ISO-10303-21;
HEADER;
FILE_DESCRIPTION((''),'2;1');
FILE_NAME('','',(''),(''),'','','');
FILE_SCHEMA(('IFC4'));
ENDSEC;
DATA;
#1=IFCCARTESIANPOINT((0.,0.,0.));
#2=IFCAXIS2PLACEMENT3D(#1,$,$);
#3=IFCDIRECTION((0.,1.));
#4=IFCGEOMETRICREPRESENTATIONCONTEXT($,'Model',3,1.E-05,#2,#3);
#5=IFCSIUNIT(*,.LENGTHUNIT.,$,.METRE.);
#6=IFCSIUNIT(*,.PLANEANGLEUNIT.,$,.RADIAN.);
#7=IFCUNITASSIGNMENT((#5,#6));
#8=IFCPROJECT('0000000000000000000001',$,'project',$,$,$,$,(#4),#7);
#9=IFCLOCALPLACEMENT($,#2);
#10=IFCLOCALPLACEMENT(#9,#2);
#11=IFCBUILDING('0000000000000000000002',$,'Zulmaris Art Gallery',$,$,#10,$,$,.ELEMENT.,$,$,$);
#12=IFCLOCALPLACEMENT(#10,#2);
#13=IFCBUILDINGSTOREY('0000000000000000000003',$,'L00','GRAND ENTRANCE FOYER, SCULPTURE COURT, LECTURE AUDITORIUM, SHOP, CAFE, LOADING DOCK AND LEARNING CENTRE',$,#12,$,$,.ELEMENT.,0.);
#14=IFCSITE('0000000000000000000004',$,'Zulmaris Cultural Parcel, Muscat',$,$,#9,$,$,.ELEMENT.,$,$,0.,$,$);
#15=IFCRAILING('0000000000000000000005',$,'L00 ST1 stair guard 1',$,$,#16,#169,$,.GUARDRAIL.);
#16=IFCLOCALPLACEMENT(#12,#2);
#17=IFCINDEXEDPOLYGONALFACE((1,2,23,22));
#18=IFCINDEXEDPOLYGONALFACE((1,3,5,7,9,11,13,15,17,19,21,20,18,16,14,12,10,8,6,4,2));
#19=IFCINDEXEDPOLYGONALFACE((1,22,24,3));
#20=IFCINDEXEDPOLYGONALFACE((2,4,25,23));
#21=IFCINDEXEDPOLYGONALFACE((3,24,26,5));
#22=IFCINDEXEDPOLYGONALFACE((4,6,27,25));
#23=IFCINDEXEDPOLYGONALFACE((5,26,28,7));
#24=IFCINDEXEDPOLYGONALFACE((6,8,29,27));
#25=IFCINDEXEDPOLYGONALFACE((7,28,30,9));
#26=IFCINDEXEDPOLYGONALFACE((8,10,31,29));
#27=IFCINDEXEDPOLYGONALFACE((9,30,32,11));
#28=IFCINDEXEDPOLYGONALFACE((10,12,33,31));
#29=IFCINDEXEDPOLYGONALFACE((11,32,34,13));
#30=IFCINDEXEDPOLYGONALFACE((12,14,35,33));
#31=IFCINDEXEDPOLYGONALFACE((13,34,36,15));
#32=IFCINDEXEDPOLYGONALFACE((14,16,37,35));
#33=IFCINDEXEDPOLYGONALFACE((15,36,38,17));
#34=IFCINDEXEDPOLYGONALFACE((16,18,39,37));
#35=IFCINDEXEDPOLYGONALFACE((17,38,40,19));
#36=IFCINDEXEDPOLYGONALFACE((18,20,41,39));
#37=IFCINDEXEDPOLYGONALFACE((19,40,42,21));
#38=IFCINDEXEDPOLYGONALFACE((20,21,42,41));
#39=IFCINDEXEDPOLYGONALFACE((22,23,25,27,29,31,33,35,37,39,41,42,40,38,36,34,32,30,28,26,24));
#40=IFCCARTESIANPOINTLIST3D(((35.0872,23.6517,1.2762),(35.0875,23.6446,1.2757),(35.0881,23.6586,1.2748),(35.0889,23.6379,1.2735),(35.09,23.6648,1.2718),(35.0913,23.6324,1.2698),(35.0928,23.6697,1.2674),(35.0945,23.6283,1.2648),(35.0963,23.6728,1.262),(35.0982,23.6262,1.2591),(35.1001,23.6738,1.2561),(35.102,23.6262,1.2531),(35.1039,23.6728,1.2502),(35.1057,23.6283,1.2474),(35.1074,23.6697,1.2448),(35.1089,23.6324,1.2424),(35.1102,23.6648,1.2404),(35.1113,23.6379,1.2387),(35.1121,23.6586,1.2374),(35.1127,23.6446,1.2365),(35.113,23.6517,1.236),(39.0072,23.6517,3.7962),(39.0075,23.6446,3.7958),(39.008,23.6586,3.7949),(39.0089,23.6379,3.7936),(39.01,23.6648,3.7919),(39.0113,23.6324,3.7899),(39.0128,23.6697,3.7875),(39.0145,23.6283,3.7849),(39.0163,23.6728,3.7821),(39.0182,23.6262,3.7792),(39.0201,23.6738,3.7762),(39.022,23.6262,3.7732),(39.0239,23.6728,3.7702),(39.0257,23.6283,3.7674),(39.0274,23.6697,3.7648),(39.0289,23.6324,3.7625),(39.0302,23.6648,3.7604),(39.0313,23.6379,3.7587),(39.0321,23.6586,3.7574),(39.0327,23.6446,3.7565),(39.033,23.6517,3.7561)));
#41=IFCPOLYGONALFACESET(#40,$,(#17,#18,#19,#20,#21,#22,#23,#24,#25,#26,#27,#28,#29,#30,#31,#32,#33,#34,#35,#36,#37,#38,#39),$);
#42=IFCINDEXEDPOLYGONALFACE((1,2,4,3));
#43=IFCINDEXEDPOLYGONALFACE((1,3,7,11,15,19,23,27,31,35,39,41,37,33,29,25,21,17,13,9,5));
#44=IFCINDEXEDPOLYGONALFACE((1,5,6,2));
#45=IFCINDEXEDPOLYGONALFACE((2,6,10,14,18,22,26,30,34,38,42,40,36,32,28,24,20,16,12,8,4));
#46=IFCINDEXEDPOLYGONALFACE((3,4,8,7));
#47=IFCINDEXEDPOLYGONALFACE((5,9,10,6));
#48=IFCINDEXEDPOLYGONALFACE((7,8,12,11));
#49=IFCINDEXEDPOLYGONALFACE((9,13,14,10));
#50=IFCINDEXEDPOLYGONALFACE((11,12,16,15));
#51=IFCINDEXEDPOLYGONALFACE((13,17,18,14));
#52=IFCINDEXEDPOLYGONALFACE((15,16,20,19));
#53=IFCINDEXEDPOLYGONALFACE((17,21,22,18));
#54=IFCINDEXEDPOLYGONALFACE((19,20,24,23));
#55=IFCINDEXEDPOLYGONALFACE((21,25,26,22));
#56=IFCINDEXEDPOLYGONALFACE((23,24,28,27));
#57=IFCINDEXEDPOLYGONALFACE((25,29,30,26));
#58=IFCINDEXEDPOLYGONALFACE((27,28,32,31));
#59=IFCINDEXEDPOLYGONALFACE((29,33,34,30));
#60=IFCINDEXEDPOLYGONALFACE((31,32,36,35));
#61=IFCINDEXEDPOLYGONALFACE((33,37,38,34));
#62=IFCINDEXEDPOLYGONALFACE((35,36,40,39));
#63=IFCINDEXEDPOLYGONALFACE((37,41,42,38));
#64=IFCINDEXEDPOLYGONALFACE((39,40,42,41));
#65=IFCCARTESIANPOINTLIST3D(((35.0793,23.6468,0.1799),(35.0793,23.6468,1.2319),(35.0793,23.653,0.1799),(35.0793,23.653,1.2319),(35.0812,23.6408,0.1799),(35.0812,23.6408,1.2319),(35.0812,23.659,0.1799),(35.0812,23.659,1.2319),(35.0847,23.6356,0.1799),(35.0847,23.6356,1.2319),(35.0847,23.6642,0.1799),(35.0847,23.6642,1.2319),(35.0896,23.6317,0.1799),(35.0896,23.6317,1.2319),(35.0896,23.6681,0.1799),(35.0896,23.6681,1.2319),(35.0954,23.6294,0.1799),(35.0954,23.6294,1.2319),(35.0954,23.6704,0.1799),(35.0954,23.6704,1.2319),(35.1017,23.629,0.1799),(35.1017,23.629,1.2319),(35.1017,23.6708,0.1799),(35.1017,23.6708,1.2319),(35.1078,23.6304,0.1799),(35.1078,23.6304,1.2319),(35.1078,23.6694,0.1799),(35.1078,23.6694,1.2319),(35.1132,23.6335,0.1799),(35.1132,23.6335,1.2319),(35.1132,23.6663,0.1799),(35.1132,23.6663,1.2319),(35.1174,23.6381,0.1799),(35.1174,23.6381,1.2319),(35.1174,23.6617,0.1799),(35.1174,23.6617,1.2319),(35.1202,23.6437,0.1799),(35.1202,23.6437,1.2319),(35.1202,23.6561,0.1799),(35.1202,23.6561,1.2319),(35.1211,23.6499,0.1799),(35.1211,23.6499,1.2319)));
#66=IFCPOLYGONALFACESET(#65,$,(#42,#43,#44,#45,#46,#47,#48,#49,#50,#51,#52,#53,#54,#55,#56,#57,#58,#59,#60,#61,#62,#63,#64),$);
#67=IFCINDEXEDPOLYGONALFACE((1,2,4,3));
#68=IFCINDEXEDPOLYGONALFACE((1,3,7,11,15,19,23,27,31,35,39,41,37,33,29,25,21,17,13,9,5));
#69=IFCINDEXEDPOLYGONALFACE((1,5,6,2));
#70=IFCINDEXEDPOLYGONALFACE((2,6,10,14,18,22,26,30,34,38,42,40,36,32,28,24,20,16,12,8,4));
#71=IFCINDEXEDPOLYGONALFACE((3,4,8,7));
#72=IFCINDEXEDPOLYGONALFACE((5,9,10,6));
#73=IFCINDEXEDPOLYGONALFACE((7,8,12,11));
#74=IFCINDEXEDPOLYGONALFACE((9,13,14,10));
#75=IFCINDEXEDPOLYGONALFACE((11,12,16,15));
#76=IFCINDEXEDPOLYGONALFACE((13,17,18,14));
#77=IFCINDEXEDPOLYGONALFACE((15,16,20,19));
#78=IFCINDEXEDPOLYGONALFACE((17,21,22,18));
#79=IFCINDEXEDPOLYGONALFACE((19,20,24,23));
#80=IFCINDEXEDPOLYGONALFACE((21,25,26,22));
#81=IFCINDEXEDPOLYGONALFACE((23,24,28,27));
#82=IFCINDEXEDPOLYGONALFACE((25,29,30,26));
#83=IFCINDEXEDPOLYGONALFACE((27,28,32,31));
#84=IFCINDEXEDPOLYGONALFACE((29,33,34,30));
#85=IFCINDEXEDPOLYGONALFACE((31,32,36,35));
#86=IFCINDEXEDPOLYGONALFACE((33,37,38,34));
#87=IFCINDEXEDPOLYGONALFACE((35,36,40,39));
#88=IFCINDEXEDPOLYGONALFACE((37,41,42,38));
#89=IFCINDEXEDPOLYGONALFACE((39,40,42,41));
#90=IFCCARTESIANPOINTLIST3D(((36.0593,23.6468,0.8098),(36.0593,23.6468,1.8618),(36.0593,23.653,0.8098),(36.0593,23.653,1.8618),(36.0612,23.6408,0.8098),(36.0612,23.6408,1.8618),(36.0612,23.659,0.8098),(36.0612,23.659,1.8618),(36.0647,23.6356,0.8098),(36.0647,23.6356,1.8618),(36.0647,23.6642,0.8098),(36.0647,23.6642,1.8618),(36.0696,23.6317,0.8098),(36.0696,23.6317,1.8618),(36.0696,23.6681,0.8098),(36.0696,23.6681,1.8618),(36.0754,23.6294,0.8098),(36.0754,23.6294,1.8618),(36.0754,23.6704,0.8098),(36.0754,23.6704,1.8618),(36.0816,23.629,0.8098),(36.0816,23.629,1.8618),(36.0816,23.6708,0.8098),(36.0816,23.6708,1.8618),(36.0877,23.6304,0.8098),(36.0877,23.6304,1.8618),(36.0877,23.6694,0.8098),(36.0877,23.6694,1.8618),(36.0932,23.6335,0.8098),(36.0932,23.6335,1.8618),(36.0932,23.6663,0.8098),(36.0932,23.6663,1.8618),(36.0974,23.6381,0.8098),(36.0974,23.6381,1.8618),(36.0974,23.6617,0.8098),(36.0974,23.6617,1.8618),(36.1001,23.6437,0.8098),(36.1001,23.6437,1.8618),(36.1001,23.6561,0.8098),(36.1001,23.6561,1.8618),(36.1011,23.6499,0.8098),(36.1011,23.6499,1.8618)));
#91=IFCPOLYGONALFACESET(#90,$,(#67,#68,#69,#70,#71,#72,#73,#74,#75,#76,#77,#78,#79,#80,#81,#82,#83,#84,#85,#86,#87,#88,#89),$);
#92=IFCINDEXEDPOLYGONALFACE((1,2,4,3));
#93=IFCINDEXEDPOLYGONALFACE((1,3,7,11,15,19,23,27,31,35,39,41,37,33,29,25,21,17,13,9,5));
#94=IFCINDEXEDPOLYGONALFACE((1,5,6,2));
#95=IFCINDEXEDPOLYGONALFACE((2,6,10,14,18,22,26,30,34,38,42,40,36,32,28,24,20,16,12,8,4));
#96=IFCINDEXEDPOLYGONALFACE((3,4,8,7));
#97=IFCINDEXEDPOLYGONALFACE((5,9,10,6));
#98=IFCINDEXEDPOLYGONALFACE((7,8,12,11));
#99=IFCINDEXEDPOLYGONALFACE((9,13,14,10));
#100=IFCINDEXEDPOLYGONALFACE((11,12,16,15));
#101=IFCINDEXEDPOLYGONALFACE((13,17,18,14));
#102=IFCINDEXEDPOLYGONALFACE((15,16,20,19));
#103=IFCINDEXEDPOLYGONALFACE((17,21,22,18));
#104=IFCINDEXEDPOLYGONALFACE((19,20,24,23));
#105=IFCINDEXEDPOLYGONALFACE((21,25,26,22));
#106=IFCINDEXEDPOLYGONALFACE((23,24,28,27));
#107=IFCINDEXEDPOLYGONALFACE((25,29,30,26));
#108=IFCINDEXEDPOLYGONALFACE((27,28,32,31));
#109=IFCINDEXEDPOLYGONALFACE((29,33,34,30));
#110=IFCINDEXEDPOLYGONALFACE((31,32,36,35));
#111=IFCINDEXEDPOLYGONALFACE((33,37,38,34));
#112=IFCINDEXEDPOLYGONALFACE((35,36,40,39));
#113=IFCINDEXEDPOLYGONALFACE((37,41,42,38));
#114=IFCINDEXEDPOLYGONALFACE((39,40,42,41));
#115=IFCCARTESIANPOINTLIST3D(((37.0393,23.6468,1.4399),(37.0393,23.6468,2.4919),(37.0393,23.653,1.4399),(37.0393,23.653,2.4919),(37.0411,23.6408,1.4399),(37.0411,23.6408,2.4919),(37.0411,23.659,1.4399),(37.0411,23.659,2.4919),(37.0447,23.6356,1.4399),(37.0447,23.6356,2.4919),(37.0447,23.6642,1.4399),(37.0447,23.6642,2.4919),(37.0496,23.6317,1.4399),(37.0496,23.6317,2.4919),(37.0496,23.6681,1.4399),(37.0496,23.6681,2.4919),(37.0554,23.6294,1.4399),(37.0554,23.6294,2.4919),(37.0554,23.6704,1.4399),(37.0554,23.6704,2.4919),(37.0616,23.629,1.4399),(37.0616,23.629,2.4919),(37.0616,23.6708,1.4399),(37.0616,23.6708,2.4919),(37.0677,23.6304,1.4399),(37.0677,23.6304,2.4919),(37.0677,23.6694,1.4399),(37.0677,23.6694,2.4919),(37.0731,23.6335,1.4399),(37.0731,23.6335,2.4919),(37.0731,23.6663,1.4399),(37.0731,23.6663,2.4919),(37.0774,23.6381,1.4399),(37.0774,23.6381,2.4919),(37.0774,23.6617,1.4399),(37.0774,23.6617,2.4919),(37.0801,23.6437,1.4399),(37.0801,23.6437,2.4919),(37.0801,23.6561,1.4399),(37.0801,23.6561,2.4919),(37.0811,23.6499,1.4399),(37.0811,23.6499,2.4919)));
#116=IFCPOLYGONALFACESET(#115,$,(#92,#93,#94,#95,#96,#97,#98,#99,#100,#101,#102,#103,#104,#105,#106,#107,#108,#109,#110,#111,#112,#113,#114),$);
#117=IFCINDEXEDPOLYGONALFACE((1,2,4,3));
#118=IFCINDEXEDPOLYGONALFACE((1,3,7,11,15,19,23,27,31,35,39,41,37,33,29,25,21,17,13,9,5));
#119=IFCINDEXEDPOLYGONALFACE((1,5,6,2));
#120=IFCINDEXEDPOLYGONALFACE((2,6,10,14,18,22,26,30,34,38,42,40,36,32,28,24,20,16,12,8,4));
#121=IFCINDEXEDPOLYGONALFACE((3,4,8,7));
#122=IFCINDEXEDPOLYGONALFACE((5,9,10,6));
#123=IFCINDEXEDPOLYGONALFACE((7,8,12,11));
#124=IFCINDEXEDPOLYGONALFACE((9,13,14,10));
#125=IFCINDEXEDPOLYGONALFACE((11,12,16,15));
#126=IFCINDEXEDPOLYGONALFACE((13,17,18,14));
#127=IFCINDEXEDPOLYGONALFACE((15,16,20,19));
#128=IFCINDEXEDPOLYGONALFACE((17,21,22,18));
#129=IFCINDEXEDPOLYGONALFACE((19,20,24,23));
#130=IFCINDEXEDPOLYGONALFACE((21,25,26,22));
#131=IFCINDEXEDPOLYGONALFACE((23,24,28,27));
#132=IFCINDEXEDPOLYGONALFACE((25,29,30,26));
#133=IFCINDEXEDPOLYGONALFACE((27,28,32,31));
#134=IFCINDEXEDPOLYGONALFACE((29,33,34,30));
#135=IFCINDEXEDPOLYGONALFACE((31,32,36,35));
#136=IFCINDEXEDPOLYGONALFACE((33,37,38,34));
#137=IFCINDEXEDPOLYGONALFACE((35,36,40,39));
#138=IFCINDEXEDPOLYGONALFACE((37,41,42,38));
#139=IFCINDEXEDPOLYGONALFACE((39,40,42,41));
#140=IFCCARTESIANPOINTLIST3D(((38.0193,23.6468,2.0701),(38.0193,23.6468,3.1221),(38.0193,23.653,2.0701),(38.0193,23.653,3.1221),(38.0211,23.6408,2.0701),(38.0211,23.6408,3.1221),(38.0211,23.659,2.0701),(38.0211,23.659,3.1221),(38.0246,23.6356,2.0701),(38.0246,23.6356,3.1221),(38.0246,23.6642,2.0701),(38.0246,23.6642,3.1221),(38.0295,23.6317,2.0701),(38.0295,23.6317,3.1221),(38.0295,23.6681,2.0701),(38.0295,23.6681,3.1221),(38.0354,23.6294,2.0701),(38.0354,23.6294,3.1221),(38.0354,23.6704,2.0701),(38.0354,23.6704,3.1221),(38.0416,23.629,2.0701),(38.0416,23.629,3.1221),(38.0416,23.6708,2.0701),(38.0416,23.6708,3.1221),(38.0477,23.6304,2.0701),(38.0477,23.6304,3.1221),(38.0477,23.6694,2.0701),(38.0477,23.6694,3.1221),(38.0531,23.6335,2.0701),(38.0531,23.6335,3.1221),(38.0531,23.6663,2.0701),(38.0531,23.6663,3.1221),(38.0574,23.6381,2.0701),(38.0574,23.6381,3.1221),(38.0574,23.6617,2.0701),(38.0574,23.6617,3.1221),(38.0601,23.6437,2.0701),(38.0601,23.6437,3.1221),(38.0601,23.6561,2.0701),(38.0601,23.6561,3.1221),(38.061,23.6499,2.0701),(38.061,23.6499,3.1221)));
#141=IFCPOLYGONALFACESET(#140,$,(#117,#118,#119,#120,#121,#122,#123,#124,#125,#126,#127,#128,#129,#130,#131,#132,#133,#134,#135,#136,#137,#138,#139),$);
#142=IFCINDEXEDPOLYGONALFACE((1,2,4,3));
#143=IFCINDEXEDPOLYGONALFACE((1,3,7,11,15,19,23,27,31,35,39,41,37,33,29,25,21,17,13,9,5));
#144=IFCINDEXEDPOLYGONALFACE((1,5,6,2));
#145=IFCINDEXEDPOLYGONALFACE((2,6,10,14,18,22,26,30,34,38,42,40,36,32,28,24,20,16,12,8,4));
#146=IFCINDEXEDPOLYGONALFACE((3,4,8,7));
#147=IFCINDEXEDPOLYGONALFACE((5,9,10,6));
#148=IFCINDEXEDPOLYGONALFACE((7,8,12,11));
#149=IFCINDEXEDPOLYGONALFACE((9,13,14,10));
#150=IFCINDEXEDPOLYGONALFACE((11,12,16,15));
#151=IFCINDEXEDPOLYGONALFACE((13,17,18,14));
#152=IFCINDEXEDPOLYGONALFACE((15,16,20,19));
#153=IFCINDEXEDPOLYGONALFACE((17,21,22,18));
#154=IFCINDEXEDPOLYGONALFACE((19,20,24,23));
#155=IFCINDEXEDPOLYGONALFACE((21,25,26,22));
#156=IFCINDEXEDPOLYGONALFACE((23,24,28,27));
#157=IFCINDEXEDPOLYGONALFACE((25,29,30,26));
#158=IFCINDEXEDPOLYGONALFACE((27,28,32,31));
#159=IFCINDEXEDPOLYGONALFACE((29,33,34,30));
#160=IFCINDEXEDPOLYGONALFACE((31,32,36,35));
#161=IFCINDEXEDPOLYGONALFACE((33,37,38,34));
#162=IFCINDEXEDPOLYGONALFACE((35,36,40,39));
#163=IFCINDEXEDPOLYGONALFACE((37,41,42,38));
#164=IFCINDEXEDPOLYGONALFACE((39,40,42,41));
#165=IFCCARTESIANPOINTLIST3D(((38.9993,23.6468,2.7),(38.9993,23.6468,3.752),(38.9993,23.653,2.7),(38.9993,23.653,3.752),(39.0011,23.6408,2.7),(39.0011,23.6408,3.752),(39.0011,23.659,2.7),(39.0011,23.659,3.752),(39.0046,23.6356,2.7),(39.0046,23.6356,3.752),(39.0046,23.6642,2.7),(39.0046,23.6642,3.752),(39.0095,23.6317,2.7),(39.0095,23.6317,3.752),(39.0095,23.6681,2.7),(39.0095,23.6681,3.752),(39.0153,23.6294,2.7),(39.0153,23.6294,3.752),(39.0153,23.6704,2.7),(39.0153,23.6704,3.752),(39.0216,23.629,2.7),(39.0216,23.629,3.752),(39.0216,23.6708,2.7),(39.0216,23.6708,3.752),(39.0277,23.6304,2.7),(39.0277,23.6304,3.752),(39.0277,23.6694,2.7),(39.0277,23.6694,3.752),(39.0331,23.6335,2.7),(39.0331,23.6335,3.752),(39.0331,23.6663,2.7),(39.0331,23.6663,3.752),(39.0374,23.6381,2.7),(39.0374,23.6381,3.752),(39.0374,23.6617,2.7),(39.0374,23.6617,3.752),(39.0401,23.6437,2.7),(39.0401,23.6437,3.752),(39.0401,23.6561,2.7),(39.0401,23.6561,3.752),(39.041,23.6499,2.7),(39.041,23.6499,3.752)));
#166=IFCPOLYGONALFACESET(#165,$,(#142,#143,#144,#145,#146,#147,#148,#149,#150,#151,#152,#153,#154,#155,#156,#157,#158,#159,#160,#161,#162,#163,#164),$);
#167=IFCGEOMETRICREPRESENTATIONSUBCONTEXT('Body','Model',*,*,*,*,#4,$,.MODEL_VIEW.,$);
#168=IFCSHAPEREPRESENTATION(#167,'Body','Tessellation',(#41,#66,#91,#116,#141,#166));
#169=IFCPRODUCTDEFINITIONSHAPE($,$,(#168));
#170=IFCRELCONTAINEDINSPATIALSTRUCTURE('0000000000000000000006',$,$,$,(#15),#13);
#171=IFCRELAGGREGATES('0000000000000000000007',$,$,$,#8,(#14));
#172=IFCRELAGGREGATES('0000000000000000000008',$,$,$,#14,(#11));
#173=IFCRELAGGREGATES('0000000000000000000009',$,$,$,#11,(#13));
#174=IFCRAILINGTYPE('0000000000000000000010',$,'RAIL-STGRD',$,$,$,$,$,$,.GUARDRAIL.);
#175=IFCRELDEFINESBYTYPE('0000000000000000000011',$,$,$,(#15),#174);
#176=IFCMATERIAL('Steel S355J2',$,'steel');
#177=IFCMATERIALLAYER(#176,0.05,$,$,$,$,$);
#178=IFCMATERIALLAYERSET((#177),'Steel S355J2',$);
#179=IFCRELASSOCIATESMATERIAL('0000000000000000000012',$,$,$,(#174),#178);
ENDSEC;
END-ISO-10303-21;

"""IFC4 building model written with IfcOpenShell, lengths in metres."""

from ifc_helpers import new_model, si_unit, direction, frame, origin, origin_2d, place, context, subcontext, project, spatial, circle, extrude, material, layer, layer_set, type_object, element, save


model = new_model("IFC4")

# Units and contexts
model_context = context("Model", 3, precision=1e-05, world=origin(), true_north=direction((0.0, 1.0)))
body_context = subcontext(model_context, "Body", "Model", "MODEL_VIEW")
ifc_project = project(units=[si_unit("LENGTHUNIT", "METRE"), si_unit("PLANEANGLEUNIT", "RADIAN")], contexts=[model_context])

# Site, building, storey
site_placement = place(None, origin())
site = spatial("IfcSite", under=ifc_project, at=site_placement, Name="Zulmaris Cultural Parcel, Muscat", CompositionType="ELEMENT", RefElevation=0.0)
building_placement = place(site_placement, origin())
building = spatial("IfcBuilding", under=site, at=building_placement, Name="Zulmaris Art Gallery", CompositionType="ELEMENT")
storey_placement = place(building_placement, origin())
storey = spatial("IfcBuildingStorey", under=building, at=storey_placement, Name="L00", Description="GRAND ENTRANCE FOYER, SCULPTURE COURT, LECTURE AUDITORIUM, SHOP, CAFE, LOADING DOCK AND LEARNING CENTRE", CompositionType="ELEMENT", Elevation=0.0)

# Railing
ifc_material_1 = material(Name="Steel S355J2", Category="steel")
ifc_layer_1 = layer(ifc_material_1, 0.05)
ifc_layer_set_1 = layer_set([ifc_layer_1], Name="Steel S355J2")
railing_type_1 = type_object("IfcRailingType", Name="RAIL-STGRD", PredefinedType="GUARDRAIL", material=ifc_layer_set_1)
railing_1_placement = place(storey_placement, frame((35.1001, 23.6499, 0.1799)))
element("IfcRailing", 1, at=railing_1_placement, inside=storey, type_object=railing_type_1, Name="L00 ST1 stair guard 1", PredefinedType="GUARDRAIL", context=body_context, shape_type="SweptSolid", body=[
    extrude(circle(Radius=0.0239, at=origin_2d()), frame((0.0, 0.0, 1.0762), z_axis=(0.841172, 0.0, 0.540768), x_axis=(0.0, 1.0, 0.0)), (0.0, 0.0, 1.0), 4.6602),
    extrude(circle(Radius=0.021, at=origin_2d()), origin(), (0.0, 0.0, 1.0), 1.052),
    extrude(circle(Radius=0.021, at=origin_2d()), frame((0.98, 0.0, 0.6299)), (0.0, 0.0, 1.0), 1.052),
    extrude(circle(Radius=0.021, at=origin_2d()), frame((1.96, 0.0, 1.26)), (0.0, 0.0, 1.0), 1.052),
    extrude(circle(Radius=0.021, at=origin_2d()), frame((2.9399, 0.0, 1.8901)), (0.0, 0.0, 1.0), 1.052),
    extrude(circle(Radius=0.021, at=origin_2d()), frame((3.9199, 0.0, 2.52)), (0.0, 0.0, 1.0), 1.052),
])

save(model, "model.ifc")
